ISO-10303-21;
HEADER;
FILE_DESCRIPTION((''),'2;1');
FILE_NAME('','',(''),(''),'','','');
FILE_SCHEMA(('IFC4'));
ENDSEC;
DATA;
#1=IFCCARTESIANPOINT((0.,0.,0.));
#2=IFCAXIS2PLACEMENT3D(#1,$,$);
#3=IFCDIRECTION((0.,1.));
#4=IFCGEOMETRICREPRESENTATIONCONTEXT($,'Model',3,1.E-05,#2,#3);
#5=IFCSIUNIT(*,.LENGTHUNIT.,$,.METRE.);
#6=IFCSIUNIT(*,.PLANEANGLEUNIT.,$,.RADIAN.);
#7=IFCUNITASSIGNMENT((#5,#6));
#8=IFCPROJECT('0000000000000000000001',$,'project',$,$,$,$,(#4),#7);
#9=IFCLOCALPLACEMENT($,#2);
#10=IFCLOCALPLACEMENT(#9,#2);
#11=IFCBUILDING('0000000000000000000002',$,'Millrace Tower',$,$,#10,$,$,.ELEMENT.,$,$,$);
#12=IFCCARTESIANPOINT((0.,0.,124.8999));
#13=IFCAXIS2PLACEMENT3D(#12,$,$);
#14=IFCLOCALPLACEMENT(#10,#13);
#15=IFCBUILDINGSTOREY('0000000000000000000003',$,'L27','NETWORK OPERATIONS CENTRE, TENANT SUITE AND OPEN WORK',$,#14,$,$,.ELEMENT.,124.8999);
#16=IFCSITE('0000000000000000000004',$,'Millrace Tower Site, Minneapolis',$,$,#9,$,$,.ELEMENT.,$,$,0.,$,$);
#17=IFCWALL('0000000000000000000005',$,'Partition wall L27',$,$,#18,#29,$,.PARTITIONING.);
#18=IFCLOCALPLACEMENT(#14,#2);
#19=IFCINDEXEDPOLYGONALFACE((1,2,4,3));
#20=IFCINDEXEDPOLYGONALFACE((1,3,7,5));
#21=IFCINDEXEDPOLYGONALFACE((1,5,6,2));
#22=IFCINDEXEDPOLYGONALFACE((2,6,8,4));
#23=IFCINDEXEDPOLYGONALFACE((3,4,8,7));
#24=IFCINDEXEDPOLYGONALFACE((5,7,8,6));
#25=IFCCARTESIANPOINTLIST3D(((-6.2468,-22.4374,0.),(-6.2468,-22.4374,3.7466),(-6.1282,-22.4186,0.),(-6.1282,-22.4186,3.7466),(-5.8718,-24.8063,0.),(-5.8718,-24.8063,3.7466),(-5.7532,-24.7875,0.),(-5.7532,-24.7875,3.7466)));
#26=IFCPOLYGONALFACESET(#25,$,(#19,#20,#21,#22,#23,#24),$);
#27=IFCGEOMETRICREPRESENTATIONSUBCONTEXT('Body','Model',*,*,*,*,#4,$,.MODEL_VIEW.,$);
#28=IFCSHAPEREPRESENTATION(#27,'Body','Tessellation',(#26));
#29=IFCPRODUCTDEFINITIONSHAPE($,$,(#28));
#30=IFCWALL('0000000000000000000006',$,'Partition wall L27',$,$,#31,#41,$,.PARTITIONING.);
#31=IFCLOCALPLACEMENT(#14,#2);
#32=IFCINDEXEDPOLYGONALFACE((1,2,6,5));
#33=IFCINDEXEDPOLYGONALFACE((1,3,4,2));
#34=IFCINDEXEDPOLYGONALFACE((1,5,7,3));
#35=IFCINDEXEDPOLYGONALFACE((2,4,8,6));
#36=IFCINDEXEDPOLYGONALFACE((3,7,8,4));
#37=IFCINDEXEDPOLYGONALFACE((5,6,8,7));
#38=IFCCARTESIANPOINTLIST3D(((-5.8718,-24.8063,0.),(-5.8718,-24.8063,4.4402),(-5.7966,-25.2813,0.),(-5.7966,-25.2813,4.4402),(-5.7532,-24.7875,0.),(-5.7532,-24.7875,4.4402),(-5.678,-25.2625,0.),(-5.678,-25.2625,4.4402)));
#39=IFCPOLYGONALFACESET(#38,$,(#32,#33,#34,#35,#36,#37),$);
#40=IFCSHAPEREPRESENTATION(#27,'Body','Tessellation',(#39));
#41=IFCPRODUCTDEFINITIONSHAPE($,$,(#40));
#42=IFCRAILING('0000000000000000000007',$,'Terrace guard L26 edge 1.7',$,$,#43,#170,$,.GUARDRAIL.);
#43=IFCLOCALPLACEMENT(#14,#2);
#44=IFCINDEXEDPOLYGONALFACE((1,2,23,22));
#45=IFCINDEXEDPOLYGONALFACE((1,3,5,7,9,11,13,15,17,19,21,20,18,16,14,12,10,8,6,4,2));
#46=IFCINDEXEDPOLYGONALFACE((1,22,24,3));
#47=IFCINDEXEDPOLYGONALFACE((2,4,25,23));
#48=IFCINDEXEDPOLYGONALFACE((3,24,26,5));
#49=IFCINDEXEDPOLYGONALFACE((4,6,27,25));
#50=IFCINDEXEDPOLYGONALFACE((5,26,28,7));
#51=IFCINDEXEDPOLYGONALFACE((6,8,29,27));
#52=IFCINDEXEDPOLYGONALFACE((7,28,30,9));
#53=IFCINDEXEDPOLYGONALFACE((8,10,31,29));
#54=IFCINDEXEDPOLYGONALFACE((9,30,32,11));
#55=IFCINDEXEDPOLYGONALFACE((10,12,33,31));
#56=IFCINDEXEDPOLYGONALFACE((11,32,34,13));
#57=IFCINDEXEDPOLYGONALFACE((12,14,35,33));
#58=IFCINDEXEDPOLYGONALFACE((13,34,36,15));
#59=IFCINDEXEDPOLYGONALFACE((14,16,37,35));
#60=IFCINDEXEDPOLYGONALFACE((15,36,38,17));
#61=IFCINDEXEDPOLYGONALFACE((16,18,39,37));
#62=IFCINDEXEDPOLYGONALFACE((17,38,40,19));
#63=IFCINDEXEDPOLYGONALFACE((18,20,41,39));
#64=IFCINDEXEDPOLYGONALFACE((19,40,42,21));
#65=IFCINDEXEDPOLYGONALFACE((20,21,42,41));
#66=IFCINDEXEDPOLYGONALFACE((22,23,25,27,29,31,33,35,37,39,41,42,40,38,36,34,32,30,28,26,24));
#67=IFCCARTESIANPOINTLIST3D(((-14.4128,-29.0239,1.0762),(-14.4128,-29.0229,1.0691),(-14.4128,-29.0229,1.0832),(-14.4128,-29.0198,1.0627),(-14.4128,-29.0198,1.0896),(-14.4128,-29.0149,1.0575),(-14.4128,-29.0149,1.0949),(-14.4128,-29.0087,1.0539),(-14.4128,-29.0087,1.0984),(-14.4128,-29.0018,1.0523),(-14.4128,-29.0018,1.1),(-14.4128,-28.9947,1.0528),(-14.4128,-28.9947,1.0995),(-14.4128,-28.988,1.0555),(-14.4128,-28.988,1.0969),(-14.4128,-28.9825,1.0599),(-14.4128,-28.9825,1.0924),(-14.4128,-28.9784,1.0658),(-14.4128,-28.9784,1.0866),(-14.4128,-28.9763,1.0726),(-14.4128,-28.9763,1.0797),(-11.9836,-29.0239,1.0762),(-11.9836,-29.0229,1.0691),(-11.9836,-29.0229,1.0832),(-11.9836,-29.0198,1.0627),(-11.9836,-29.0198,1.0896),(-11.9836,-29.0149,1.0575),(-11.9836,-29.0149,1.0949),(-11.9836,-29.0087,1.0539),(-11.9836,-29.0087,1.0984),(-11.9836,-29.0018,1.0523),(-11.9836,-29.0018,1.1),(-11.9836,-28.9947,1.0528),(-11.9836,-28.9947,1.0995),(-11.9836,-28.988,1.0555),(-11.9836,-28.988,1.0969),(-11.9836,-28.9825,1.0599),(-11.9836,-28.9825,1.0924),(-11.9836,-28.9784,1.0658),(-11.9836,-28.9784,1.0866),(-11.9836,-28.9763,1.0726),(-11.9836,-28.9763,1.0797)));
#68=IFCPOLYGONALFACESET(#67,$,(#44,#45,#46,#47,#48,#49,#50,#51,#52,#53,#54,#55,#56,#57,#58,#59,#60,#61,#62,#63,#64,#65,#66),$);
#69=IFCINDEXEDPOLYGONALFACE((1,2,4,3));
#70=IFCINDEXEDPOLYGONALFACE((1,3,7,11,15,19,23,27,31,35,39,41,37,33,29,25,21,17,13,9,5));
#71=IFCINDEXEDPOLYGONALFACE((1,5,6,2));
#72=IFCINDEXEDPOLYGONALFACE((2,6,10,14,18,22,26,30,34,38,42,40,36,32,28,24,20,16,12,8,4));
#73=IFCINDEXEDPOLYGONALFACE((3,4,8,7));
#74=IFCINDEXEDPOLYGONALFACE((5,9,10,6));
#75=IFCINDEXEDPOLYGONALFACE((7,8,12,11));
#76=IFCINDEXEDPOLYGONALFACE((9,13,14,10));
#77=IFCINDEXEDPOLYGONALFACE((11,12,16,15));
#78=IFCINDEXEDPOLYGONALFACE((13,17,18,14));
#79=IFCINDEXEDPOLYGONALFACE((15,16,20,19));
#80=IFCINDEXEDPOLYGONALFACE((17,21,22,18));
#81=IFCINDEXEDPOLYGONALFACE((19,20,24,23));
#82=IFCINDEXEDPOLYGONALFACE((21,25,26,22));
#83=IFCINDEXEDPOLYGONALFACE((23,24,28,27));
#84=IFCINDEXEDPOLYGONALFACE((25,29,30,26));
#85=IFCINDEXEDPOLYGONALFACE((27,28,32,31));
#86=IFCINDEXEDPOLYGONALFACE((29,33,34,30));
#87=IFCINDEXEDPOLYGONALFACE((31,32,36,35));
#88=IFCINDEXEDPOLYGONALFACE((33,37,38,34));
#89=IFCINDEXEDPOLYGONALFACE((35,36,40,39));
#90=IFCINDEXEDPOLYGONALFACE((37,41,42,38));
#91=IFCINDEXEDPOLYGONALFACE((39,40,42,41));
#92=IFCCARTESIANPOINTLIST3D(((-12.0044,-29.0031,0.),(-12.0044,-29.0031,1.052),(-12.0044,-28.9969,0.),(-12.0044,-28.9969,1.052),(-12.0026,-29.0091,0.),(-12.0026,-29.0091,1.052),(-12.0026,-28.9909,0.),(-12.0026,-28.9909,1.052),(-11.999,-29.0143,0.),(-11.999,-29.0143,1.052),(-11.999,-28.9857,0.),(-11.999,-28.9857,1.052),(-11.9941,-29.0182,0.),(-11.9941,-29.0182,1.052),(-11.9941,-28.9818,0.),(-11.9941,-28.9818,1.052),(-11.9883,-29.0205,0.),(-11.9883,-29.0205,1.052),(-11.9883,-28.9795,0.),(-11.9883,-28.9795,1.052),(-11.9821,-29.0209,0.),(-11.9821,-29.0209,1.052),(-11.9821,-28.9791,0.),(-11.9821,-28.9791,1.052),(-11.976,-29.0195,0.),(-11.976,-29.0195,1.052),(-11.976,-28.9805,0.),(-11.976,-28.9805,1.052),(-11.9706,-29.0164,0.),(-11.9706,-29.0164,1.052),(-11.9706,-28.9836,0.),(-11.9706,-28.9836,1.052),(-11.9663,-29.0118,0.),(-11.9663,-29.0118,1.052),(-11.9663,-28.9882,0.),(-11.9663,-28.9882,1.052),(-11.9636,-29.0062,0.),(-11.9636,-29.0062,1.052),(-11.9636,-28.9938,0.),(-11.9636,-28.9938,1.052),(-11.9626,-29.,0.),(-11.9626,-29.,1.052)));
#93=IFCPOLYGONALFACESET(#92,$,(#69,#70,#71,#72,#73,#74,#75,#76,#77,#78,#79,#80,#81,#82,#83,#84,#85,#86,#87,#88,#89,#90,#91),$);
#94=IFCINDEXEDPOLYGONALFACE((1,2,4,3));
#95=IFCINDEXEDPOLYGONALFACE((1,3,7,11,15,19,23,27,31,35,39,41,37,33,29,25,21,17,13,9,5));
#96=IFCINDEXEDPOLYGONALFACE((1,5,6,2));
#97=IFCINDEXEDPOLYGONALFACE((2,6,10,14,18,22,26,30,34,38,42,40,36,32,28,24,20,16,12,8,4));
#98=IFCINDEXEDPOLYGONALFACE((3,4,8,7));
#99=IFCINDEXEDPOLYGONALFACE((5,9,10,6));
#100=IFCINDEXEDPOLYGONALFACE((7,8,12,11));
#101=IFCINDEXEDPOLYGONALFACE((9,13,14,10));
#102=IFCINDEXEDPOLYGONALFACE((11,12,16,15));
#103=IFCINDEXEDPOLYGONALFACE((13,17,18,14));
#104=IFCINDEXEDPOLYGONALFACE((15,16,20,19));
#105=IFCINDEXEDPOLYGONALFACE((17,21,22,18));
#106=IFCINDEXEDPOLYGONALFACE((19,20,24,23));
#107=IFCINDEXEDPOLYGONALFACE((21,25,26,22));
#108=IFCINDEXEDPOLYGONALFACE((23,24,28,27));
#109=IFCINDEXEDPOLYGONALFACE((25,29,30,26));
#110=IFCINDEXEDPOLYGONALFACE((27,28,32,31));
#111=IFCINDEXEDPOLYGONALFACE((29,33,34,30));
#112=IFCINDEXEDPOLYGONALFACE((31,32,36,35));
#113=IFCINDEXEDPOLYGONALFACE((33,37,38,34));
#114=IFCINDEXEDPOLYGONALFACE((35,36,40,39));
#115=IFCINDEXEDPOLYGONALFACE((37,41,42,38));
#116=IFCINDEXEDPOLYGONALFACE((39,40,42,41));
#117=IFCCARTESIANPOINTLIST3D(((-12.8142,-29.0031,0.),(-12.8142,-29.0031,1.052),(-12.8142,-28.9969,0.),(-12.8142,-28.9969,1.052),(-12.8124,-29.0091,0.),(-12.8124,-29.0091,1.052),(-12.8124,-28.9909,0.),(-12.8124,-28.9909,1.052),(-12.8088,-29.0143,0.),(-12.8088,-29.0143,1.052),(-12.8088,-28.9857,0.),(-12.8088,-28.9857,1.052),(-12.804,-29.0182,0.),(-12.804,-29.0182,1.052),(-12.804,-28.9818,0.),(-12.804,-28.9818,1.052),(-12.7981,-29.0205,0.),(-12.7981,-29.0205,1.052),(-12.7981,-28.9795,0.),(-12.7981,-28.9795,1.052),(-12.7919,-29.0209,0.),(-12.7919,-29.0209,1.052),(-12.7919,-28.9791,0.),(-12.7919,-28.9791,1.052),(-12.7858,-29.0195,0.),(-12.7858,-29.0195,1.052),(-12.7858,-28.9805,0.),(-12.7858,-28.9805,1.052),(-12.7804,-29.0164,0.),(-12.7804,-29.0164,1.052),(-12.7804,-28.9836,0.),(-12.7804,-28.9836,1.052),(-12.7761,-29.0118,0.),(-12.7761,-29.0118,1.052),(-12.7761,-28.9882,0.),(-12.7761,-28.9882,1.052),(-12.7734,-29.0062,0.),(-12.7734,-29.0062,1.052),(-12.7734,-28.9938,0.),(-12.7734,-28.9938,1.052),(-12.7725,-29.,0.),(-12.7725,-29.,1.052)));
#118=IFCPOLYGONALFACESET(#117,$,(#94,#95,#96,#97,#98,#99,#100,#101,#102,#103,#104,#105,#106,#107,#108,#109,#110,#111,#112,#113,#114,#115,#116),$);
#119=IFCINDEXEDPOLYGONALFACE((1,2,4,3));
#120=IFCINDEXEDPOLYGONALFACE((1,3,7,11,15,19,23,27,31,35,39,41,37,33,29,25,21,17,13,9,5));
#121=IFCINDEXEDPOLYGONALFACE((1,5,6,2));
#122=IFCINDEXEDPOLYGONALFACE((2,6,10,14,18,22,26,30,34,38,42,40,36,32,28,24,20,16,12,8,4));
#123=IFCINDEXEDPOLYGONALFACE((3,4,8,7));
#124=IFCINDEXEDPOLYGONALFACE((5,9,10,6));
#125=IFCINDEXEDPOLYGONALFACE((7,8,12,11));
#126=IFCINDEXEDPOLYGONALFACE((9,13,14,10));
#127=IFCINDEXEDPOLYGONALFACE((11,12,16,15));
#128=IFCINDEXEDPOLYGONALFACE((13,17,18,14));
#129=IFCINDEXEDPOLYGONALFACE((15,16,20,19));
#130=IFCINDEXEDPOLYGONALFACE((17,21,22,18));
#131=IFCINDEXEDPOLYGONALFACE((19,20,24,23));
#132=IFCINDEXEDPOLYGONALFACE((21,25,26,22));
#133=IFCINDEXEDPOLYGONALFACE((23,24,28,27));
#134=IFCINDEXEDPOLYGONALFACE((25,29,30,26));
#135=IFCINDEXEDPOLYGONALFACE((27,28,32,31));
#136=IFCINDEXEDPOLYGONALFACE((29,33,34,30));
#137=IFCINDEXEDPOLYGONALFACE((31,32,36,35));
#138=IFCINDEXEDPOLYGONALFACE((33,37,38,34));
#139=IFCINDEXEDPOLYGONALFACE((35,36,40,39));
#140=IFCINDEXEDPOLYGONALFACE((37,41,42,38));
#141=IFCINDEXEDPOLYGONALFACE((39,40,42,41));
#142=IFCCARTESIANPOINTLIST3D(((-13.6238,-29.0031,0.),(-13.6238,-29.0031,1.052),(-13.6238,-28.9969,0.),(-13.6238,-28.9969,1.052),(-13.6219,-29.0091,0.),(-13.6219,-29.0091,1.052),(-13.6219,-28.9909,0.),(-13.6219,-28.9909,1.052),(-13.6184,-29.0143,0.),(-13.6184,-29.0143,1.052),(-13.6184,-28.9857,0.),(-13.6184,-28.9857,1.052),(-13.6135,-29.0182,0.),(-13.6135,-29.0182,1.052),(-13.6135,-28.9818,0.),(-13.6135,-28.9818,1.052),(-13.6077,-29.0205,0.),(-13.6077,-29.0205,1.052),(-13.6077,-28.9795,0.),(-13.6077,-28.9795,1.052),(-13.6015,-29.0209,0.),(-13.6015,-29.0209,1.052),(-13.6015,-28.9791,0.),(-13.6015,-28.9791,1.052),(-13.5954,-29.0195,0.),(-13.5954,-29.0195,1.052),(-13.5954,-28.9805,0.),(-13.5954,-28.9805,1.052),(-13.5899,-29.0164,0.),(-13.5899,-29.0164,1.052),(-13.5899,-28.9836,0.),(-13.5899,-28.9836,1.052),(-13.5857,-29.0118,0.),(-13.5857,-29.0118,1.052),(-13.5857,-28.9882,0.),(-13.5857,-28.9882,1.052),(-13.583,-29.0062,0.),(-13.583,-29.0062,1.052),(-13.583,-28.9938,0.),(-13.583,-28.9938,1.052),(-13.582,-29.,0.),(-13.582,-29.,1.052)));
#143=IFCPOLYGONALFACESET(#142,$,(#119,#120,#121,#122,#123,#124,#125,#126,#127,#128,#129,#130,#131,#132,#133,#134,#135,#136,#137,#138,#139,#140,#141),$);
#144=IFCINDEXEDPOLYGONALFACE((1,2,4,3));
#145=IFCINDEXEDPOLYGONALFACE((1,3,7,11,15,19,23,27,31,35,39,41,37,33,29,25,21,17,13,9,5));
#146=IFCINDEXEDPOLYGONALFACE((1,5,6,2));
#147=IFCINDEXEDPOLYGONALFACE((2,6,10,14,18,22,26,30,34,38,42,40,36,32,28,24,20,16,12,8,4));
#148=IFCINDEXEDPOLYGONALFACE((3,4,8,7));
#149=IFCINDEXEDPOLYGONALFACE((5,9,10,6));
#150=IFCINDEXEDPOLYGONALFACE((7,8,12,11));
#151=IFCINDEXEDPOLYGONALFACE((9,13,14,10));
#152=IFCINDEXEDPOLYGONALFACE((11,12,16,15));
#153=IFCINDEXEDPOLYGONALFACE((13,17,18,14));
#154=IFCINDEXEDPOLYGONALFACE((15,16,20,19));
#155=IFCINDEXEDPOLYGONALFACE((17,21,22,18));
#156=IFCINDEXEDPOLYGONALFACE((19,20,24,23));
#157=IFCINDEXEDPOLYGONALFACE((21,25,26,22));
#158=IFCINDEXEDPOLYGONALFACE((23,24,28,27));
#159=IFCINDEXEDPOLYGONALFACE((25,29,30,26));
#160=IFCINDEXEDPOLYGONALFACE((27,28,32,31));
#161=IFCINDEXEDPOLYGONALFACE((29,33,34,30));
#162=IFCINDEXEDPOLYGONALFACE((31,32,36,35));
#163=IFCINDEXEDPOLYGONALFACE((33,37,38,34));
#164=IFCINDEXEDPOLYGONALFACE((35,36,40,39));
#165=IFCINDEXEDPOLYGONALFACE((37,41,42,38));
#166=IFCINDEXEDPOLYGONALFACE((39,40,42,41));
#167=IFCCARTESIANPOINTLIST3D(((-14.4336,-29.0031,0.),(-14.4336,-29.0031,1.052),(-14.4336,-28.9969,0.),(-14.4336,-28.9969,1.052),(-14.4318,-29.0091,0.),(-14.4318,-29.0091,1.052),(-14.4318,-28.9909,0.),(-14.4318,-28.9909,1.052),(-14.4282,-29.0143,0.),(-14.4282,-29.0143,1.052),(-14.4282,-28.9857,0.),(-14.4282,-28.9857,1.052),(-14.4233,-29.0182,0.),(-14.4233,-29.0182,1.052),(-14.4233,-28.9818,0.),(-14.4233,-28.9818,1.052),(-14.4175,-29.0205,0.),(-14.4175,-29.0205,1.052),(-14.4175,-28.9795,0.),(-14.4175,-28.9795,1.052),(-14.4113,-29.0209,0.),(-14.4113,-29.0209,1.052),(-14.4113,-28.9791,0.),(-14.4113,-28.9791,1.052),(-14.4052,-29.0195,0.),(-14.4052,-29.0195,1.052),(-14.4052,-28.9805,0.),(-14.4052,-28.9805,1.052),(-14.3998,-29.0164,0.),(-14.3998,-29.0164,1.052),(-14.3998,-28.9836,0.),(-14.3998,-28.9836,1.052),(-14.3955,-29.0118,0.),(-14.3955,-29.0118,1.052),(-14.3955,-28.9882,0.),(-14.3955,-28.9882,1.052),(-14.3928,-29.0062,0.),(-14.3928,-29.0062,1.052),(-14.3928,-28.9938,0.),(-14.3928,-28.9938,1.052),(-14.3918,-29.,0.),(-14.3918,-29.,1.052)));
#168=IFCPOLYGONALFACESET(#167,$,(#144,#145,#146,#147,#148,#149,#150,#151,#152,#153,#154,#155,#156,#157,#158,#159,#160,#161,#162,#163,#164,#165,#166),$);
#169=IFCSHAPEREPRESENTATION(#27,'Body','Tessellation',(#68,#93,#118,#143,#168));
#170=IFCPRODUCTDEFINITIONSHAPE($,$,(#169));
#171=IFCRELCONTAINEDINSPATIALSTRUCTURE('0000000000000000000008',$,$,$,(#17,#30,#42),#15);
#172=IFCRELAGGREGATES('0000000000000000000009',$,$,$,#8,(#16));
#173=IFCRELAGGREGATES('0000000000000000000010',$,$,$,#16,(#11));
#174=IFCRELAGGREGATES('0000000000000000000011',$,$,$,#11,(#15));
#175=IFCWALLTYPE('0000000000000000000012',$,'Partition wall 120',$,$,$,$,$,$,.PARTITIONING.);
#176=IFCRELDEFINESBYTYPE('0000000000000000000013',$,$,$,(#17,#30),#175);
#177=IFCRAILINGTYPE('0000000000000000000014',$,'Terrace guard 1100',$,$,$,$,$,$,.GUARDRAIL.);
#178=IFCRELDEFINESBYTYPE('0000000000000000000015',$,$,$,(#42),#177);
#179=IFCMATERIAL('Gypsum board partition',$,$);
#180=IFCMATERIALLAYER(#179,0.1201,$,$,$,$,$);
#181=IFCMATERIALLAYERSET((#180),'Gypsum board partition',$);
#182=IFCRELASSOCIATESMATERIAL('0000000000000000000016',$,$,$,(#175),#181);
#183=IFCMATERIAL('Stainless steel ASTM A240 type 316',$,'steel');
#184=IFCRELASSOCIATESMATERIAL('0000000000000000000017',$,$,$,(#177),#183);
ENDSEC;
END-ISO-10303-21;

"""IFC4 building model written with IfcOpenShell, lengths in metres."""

from ifc_helpers import new_model, si_unit, direction, frame, frame_2d, origin, origin_2d, place, context, subcontext, project, spatial, rectangle, circle, extrude, material, layer, layer_set, type_object, element, save


model = new_model("IFC4")

# Units and contexts
model_context = context("Model", 3, precision=1e-05, world=origin(), true_north=direction((0.0, 1.0)))
body_context = subcontext(model_context, "Body", "Model", "MODEL_VIEW")
ifc_project = project(units=[si_unit("LENGTHUNIT", "METRE"), si_unit("PLANEANGLEUNIT", "RADIAN")], contexts=[model_context])

# Site, building, storey
site_placement = place(None, origin())
site = spatial("IfcSite", under=ifc_project, at=site_placement, Name="Millrace Tower Site, Minneapolis", CompositionType="ELEMENT", RefElevation=0.0)
building_placement = place(site_placement, origin())
building = spatial("IfcBuilding", under=site, at=building_placement, Name="Millrace Tower", CompositionType="ELEMENT")
storey_placement = place(building_placement, frame((0.0, 0.0, 124.8999)))
storey = spatial("IfcBuildingStorey", under=building, at=storey_placement, Name="L27", Description="NETWORK OPERATIONS CENTRE, TENANT SUITE AND OPEN WORK", CompositionType="ELEMENT", Elevation=124.8999)

# Walls
ifc_material_1 = material(Name="Gypsum board partition")
ifc_layer_1 = layer(ifc_material_1, 0.1201)
ifc_layer_set_1 = layer_set([ifc_layer_1], Name="Gypsum board partition")
wall_type_1 = type_object("IfcWallType", Name="Partition wall 120", PredefinedType="PARTITIONING", material=ifc_layer_set_1)
wall_1_placement = place(storey_placement, frame((-6.1875, -22.428, 0.0), z_axis=(0.0, 0.0, 1.0), x_axis=(0.156355, -0.987701, 0.0)))
element("IfcWall", 1, at=wall_1_placement, inside=storey, type_object=wall_type_1, Name="Partition wall L27", PredefinedType="PARTITIONING", context=body_context, shape_type="SweptSolid", body=[
    extrude(rectangle(XDim=2.3984, YDim=0.1201, at=frame_2d((1.1992, 0.0))), origin(), (0.0, 0.0, 1.0), 3.7466),
])
wall_2_placement = place(storey_placement, frame((-5.8125, -24.7969, 0.0), z_axis=(0.0, 0.0, 1.0), x_axis=(0.156327, -0.987705, 0.0)))
element("IfcWall", 2, at=wall_2_placement, inside=storey, type_object=wall_type_1, Name="Partition wall L27", PredefinedType="PARTITIONING", context=body_context, shape_type="SweptSolid", body=[
    extrude(rectangle(XDim=0.481, YDim=0.1201, at=frame_2d((0.2405, 0.0))), origin(), (0.0, 0.0, 1.0), 4.4402),
])

# Railing
ifc_material_2 = material(Name="Stainless steel ASTM A240 type 316", Category="steel")
railing_type = type_object("IfcRailingType", Name="Terrace guard 1100", PredefinedType="GUARDRAIL", material=ifc_material_2)
railing_1_placement = place(storey_placement, frame((-11.9836, -29.0, 0.0)))
element("IfcRailing", 3, at=railing_1_placement, inside=storey, type_object=railing_type, Name="Terrace guard L26 edge 1.7", PredefinedType="GUARDRAIL", context=body_context, shape_type="SweptSolid", body=[
    extrude(circle(Radius=0.0239, at=origin_2d()), frame((0.0, 0.0, 1.0762), z_axis=(-1.0, 0.0, 0.0), x_axis=(0.0, -1.0, 0.0)), (0.0, 0.0, 1.0), 2.4292),
    extrude(circle(Radius=0.021, at=origin_2d()), origin(), (0.0, 0.0, 1.0), 1.052),
    extrude(circle(Radius=0.021, at=origin_2d()), frame((-0.8098, 0.0, 0.0)), (0.0, 0.0, 1.0), 1.052),
    extrude(circle(Radius=0.021, at=origin_2d()), frame((-1.6194, 0.0, 0.0)), (0.0, 0.0, 1.0), 1.052),
    extrude(circle(Radius=0.021, at=origin_2d()), frame((-2.4292, 0.0, 0.0)), (0.0, 0.0, 1.0), 1.052),
])

save(model, "model.ifc")
